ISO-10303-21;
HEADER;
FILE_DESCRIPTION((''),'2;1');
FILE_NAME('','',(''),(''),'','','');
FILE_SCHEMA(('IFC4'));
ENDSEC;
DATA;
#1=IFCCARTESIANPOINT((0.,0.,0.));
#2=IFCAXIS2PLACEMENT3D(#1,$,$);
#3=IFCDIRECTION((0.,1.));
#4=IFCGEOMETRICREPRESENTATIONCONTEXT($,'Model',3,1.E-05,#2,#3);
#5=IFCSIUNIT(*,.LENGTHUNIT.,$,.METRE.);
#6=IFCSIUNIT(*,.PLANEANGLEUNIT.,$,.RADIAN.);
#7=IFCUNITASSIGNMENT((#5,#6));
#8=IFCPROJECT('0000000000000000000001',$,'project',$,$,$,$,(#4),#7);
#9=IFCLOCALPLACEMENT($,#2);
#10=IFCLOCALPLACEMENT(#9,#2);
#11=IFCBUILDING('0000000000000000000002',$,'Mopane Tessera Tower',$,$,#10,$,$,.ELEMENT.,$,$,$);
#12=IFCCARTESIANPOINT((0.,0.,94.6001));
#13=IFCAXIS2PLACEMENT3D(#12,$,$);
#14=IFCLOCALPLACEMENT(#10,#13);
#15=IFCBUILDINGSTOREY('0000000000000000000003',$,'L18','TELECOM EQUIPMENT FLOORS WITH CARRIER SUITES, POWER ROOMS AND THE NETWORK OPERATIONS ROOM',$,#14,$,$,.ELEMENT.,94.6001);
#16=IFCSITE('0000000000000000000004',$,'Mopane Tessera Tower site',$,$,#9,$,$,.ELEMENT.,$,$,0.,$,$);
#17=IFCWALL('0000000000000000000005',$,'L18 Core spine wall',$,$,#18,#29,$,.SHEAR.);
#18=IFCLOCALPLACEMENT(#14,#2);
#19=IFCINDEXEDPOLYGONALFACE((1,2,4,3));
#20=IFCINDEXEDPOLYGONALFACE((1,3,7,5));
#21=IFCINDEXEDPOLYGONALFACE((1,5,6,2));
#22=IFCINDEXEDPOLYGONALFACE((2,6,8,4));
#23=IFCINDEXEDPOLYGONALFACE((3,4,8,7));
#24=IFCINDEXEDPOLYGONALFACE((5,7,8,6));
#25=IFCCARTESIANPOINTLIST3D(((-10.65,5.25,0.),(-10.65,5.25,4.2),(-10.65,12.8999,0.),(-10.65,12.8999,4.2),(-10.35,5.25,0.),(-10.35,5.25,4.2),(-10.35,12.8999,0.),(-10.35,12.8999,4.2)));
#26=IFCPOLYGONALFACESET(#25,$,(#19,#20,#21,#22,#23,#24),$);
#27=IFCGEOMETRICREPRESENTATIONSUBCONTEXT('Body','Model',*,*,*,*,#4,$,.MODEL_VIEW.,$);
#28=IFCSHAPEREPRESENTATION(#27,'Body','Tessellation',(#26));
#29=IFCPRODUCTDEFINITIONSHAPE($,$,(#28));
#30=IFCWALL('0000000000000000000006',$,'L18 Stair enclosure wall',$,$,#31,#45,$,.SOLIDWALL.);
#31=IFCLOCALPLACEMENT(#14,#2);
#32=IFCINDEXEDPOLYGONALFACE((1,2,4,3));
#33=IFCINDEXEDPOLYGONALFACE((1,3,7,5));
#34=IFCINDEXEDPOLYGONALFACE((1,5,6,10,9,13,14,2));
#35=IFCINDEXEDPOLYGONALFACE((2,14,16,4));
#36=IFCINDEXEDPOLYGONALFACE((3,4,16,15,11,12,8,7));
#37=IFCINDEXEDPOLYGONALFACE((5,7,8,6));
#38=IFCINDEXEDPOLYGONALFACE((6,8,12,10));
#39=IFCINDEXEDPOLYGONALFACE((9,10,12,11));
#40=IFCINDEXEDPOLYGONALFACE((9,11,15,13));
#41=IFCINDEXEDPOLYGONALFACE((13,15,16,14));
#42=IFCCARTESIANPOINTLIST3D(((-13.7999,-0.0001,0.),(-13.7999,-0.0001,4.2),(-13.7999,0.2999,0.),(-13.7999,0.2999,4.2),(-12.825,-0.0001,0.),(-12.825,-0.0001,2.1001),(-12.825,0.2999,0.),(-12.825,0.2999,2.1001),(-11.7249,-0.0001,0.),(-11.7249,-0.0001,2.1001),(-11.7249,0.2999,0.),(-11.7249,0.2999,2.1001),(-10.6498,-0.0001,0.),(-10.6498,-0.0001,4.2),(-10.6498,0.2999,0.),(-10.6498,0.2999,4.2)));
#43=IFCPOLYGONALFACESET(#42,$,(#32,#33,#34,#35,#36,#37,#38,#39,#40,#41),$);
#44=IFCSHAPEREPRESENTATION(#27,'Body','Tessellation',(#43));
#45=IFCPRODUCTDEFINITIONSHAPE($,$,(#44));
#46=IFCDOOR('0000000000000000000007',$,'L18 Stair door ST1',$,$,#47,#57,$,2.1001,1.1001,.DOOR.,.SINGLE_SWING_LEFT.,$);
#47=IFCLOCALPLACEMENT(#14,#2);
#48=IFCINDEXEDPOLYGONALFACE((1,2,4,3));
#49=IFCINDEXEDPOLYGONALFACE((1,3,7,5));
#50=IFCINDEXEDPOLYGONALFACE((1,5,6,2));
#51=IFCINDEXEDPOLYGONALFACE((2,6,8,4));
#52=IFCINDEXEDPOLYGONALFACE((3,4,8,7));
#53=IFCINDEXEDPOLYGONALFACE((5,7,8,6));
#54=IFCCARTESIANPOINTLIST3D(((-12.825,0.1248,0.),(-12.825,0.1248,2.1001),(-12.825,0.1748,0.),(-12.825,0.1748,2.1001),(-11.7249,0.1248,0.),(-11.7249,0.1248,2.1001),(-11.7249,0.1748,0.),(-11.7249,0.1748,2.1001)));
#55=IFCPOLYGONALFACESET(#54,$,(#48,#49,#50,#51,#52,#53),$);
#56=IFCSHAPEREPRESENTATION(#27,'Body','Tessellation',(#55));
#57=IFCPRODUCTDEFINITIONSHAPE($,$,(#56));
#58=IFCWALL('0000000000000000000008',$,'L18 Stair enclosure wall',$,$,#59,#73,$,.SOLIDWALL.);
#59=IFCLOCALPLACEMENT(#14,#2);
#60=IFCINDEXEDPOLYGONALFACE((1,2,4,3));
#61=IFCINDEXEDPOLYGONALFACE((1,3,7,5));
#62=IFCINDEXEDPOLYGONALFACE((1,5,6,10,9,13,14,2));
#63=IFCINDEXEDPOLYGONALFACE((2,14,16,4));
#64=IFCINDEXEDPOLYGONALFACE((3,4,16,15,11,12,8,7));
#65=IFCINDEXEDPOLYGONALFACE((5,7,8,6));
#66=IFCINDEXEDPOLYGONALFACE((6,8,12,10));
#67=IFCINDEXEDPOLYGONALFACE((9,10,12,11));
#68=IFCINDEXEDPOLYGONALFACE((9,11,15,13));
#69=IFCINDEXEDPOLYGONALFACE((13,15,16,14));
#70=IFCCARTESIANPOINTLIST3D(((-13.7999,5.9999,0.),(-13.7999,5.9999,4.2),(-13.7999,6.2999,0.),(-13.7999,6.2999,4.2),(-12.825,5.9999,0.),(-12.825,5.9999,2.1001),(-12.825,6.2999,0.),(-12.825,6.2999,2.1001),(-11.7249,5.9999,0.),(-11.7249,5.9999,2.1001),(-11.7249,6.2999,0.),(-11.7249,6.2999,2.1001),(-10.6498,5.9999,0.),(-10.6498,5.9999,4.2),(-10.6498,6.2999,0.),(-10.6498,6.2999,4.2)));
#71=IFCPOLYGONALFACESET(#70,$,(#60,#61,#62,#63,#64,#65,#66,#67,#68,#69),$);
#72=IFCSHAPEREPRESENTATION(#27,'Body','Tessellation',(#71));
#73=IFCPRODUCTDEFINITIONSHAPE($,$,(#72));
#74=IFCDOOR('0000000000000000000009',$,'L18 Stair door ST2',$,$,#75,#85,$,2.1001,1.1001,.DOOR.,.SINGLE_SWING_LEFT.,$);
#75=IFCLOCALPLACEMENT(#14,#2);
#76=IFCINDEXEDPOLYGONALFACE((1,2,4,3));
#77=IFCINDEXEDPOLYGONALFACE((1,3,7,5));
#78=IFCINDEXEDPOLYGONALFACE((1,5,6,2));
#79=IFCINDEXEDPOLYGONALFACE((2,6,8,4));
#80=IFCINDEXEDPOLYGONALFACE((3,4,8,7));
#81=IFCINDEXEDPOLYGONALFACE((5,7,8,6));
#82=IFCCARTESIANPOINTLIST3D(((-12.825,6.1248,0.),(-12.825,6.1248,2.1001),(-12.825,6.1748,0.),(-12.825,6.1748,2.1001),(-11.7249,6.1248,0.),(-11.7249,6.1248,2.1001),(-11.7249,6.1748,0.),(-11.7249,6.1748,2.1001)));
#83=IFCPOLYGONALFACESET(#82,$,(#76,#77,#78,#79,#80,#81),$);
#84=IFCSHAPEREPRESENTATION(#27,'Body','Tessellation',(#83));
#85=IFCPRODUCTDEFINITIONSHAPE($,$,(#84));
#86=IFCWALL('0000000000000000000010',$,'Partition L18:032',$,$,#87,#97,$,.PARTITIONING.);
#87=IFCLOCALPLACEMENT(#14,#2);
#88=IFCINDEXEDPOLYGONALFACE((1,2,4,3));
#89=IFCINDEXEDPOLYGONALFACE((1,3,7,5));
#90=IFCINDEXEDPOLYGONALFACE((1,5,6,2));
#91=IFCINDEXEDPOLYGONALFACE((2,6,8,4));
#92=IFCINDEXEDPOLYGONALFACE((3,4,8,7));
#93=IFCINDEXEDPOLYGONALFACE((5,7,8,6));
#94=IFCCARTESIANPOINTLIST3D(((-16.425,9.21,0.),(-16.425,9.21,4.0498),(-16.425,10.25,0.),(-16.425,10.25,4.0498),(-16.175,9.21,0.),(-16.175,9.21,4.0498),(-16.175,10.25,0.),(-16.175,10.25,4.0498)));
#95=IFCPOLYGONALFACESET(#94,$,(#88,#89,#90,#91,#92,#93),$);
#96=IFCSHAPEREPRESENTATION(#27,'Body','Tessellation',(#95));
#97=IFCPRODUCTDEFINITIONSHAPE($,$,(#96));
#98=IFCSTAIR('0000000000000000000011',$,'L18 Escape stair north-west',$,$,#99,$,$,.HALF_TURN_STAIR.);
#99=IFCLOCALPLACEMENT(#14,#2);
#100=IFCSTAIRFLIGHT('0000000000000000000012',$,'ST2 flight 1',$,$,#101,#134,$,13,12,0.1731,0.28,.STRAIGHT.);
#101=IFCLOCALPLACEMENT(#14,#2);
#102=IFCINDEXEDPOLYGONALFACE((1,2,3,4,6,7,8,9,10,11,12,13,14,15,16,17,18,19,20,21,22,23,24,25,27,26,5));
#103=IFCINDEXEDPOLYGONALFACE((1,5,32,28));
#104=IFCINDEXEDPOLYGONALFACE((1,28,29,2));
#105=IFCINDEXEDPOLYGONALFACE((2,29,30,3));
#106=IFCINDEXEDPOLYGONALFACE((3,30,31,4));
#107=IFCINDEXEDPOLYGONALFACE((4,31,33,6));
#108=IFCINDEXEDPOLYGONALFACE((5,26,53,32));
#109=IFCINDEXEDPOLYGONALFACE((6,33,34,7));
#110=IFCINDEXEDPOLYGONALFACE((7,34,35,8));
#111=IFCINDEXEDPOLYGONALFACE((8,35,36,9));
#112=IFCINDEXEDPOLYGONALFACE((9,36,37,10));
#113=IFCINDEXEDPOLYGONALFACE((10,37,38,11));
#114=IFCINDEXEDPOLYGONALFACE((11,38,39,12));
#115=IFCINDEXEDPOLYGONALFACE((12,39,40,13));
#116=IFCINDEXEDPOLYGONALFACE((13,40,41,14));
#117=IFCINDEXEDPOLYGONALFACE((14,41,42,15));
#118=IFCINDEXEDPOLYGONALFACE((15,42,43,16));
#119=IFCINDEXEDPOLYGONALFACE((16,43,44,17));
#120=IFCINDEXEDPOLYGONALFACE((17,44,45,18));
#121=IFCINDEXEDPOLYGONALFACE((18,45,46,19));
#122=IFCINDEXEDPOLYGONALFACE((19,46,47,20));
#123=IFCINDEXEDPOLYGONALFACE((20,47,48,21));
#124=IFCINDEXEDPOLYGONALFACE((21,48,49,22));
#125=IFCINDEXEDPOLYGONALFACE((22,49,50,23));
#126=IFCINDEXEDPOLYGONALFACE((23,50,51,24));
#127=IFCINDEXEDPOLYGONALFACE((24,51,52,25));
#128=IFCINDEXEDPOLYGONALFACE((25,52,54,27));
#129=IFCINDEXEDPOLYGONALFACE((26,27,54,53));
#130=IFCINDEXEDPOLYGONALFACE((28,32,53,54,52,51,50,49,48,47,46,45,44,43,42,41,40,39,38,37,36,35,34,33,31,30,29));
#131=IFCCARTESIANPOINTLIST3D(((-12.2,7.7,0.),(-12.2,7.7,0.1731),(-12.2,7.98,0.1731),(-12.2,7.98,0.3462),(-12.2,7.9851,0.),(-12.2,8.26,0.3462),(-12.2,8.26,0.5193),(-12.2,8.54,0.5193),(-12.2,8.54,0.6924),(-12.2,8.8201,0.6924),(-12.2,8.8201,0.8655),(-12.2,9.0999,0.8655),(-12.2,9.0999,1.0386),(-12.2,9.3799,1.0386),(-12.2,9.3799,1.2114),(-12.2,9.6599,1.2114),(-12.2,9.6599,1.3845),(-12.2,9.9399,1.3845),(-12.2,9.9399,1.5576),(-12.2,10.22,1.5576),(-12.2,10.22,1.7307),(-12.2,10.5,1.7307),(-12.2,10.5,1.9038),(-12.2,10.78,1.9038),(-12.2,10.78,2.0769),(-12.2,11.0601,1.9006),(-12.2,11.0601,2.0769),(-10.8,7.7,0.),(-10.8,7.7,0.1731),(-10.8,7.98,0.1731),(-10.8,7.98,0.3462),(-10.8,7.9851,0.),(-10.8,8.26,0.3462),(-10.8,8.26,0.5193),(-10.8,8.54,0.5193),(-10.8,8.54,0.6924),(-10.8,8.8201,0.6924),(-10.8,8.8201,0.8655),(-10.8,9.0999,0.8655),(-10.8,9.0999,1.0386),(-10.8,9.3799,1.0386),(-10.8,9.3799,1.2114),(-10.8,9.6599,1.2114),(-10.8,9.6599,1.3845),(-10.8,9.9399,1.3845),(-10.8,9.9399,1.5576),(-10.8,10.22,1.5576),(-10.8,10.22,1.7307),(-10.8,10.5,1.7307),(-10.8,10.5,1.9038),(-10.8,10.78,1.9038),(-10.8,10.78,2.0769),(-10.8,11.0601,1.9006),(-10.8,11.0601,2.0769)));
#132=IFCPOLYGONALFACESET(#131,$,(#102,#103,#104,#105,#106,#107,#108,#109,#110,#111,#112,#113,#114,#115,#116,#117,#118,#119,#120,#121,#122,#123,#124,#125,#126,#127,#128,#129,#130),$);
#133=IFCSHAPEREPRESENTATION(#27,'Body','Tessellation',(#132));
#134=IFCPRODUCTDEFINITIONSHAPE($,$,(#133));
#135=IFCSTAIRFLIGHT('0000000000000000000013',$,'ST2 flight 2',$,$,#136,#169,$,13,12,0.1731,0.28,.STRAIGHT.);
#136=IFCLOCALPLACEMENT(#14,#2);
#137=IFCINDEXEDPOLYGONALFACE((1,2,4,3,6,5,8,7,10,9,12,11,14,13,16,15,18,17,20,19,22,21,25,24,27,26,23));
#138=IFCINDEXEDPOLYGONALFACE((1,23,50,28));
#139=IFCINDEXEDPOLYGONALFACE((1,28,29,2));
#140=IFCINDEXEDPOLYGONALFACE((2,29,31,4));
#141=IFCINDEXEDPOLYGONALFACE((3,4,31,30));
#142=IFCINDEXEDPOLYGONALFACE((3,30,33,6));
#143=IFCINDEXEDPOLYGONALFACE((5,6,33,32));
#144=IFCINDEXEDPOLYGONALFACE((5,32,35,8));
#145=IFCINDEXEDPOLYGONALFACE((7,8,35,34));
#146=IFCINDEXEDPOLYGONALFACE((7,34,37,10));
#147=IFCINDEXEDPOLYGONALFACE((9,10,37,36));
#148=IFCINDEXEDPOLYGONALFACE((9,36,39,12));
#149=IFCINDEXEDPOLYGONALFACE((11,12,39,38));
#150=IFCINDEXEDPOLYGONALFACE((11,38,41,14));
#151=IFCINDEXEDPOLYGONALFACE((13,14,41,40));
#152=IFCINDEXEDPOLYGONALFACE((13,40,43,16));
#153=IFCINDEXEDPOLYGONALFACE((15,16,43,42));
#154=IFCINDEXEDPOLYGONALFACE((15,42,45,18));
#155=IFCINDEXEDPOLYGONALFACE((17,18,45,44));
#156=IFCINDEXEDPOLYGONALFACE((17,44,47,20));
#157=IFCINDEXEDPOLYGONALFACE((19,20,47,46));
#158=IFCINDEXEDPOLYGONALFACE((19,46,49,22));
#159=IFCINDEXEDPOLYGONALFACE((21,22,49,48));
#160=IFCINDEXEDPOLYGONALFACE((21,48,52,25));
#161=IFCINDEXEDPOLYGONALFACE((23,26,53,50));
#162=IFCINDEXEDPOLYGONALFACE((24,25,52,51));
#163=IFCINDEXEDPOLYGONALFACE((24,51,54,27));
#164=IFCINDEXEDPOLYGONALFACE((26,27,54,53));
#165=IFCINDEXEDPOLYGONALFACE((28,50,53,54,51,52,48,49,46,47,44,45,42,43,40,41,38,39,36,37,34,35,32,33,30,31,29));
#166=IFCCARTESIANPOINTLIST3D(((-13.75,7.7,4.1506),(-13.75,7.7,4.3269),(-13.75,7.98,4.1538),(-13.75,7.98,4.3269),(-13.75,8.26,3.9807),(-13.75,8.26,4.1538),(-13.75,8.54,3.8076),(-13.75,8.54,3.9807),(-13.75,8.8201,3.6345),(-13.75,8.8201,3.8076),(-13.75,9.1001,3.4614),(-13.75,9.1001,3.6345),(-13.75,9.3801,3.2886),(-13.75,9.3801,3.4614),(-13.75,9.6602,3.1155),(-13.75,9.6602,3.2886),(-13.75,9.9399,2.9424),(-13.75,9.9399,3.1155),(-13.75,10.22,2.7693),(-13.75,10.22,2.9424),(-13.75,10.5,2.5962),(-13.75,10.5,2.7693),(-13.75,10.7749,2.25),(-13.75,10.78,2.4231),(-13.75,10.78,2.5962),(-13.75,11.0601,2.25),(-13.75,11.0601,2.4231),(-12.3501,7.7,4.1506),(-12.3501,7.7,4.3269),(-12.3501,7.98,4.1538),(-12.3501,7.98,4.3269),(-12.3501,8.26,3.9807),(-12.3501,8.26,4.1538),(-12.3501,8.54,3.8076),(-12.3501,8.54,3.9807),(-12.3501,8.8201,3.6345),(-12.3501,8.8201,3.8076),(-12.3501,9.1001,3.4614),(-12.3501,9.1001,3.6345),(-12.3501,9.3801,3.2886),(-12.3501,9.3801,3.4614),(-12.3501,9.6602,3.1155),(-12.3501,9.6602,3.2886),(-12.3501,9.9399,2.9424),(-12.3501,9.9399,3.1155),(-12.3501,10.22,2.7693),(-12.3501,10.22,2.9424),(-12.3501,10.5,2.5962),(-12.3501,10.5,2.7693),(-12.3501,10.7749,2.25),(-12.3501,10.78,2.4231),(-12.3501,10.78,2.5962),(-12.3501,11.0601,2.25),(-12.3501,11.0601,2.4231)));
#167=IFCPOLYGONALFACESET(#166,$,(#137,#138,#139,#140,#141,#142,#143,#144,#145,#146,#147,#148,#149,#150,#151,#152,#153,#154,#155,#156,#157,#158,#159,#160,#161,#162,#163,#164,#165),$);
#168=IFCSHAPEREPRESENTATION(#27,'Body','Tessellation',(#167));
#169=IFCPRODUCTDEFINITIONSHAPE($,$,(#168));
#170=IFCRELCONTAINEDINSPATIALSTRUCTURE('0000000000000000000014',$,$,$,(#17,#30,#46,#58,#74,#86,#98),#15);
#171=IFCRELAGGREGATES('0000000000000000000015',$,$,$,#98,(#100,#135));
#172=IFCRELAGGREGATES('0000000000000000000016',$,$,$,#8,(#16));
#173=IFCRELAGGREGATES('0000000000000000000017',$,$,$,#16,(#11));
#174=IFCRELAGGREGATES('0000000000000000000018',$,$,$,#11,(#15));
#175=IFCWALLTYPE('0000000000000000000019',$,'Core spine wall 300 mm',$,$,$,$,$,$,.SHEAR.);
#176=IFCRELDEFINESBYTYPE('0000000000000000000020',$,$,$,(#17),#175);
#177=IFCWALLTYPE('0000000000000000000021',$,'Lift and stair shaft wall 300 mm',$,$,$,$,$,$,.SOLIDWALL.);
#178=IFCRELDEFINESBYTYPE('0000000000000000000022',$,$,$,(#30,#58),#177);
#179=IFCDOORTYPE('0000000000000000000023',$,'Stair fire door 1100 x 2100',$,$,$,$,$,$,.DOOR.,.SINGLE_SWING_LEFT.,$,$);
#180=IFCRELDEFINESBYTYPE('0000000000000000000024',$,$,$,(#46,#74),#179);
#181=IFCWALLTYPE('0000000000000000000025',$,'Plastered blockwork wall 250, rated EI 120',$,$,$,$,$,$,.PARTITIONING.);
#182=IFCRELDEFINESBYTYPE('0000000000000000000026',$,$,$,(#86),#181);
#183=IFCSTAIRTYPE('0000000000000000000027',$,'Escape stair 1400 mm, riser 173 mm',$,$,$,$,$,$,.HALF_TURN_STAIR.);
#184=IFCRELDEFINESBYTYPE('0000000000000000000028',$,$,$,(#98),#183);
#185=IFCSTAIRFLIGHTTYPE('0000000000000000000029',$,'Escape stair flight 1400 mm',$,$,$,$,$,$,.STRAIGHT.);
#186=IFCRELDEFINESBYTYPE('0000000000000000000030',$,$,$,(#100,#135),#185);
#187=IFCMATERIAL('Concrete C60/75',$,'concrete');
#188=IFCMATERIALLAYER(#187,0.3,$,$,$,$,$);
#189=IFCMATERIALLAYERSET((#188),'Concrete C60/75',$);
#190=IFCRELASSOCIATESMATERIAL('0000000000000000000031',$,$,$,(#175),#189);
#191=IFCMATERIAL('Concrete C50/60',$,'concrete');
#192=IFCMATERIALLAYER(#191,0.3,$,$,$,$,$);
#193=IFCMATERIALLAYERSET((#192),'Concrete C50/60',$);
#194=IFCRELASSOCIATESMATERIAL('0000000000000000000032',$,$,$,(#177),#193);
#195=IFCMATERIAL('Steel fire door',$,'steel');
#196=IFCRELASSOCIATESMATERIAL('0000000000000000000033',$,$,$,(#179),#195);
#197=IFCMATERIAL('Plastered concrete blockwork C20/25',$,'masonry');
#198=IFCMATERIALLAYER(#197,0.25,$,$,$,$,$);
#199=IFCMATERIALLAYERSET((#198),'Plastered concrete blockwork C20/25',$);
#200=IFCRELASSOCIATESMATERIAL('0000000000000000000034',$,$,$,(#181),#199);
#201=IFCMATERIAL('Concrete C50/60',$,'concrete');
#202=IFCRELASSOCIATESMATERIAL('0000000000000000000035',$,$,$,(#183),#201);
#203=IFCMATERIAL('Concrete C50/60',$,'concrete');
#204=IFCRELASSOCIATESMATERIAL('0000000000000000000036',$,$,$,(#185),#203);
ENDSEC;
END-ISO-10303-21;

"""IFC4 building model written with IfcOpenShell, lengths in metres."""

from ifc_helpers import new_model, si_unit, direction, frame, frame_2d, origin, place, context, subcontext, project, spatial, polyline, rectangle, outline, extrude, material, layer, layer_set, type_object, element, fill, aggregate, save


model = new_model("IFC4")

# Units and contexts
model_context = context("Model", 3, precision=1e-05, world=origin(), true_north=direction((0.0, 1.0)))
body_context = subcontext(model_context, "Body", "Model", "MODEL_VIEW")
ifc_project = project(units=[si_unit("LENGTHUNIT", "METRE"), si_unit("PLANEANGLEUNIT", "RADIAN")], contexts=[model_context])

# Site, building, storey
site_placement = place(None, origin())
site = spatial("IfcSite", under=ifc_project, at=site_placement, Name="Mopane Tessera Tower site", CompositionType="ELEMENT", RefElevation=0.0)
building_placement = place(site_placement, origin())
building = spatial("IfcBuilding", under=site, at=building_placement, Name="Mopane Tessera Tower", CompositionType="ELEMENT")
storey_placement = place(building_placement, frame((0.0, 0.0, 94.6001)))
storey = spatial("IfcBuildingStorey", under=building, at=storey_placement, Name="L18", Description="TELECOM EQUIPMENT FLOORS WITH CARRIER SUITES, POWER ROOMS AND THE NETWORK OPERATIONS ROOM", CompositionType="ELEMENT", Elevation=94.6001)

# Wall
ifc_material_1 = material(Name="Concrete C60/75", Category="concrete")
ifc_layer_1 = layer(ifc_material_1, 0.3)
ifc_layer_set_1 = layer_set([ifc_layer_1], Name="Concrete C60/75")
wall_type_1 = type_object("IfcWallType", Name="Core spine wall 300 mm", PredefinedType="SHEAR", material=ifc_layer_set_1)
wall_1_placement = place(storey_placement, frame((-10.5, 5.25, 0.0), z_axis=(0.0, 0.0, 1.0), x_axis=(0.0, 1.0, 0.0)))
element("IfcWall", 1, at=wall_1_placement, inside=storey, type_object=wall_type_1, Name="L18 Core spine wall", PredefinedType="SHEAR", context=body_context, shape_type="SweptSolid", body=[
    extrude(rectangle(XDim=7.6499, YDim=0.3, at=frame_2d((3.825, 0.0))), origin(), (0.0, 0.0, 1.0), 4.2),
])

# Walls, openings, doors
ifc_material_2 = material(Name="Concrete C50/60", Category="concrete")
ifc_layer_2 = layer(ifc_material_2, 0.3)
ifc_layer_set_2 = layer_set([ifc_layer_2], Name="Concrete C50/60")
wall_type_2 = type_object("IfcWallType", Name="Lift and stair shaft wall 300 mm", PredefinedType="SOLIDWALL", material=ifc_layer_set_2)
wall_2_placement = place(storey_placement, frame((-13.8, 0.1499, 0.0), z_axis=(0.0, 0.0, 1.0), x_axis=(1.0, 0.0, 0.0)))
wall_2 = element("IfcWall", 2, at=wall_2_placement, inside=storey, type_object=wall_type_2, Name="L18 Stair enclosure wall", PredefinedType="SOLIDWALL", context=body_context, shape_type="SweptSolid", body=[
    extrude(rectangle(XDim=3.1501, YDim=0.3, at=frame_2d((1.5752, 0.0))), origin(), (0.0, 0.0, 1.0), 4.2),
])
opening_1_placement = place(wall_2_placement, frame((0.9751, 0.0, 0.0)))
opening_1 = element("IfcOpeningElement", 3, at=opening_1_placement, cuts=wall_2, PredefinedType="OPENING", context=body_context, shape_type="SweptSolid", body=[
    extrude(rectangle(XDim=1.1001, YDim=2.1001, at=frame_2d((0.55, 1.05))), frame((0.0, 0.1621, 0.0), z_axis=(0.0, -1.0, 0.0), x_axis=(1.0, 0.0, 0.0)), (0.0, 0.0, 1.0), 0.324),
])
ifc_material_3 = material(Name="Steel fire door", Category="steel")
door_type = type_object("IfcDoorType", Name="Stair fire door 1100 x 2100", OperationType="SINGLE_SWING_LEFT", PredefinedType="DOOR", material=ifc_material_3)
door_1_placement = place(opening_1_placement, origin())
door_1 = element("IfcDoor", 4, at=door_1_placement, inside=storey, type_object=door_type, Name="L18 Stair door ST1", OperationType="SINGLE_SWING_LEFT", OverallHeight=2.1001, OverallWidth=1.1001, PredefinedType="DOOR", context=body_context, shape_type="SweptSolid", body=[
    extrude(rectangle(XDim=1.1001, YDim=2.1001, at=frame_2d((0.55, 1.05))), frame((0.0, 0.0249, 0.0), z_axis=(0.0, -1.0, 0.0), x_axis=(1.0, 0.0, 0.0)), (0.0, 0.0, 1.0), 0.05),
])
fill(opening_1, door_1)
wall_3_placement = place(storey_placement, frame((-13.8, 6.1499, 0.0), z_axis=(0.0, 0.0, 1.0), x_axis=(1.0, 0.0, 0.0)))
wall_3 = element("IfcWall", 5, at=wall_3_placement, inside=storey, type_object=wall_type_2, Name="L18 Stair enclosure wall", PredefinedType="SOLIDWALL", context=body_context, shape_type="SweptSolid", body=[
    extrude(rectangle(XDim=3.1501, YDim=0.3, at=frame_2d((1.5752, 0.0))), origin(), (0.0, 0.0, 1.0), 4.2),
])
opening_2_placement = place(wall_3_placement, frame((0.9751, 0.0, 0.0)))
opening_2 = element("IfcOpeningElement", 6, at=opening_2_placement, cuts=wall_3, PredefinedType="OPENING", context=body_context, shape_type="SweptSolid", body=[
    extrude(rectangle(XDim=1.1001, YDim=2.1001, at=frame_2d((0.55, 1.05))), frame((0.0, 0.1621, 0.0), z_axis=(0.0, -1.0, 0.0), x_axis=(1.0, 0.0, 0.0)), (0.0, 0.0, 1.0), 0.324),
])
door_2_placement = place(opening_2_placement, origin())
door_2 = element("IfcDoor", 7, at=door_2_placement, inside=storey, type_object=door_type, Name="L18 Stair door ST2", OperationType="SINGLE_SWING_LEFT", OverallHeight=2.1001, OverallWidth=1.1001, PredefinedType="DOOR", context=body_context, shape_type="SweptSolid", body=[
    extrude(rectangle(XDim=1.1001, YDim=2.1001, at=frame_2d((0.55, 1.05))), frame((0.0, 0.0249, 0.0), z_axis=(0.0, -1.0, 0.0), x_axis=(1.0, 0.0, 0.0)), (0.0, 0.0, 1.0), 0.05),
])
fill(opening_2, door_2)

# Wall
ifc_material_4 = material(Name="Plastered concrete blockwork C20/25", Category="masonry")
ifc_layer_3 = layer(ifc_material_4, 0.25)
ifc_layer_set_3 = layer_set([ifc_layer_3], Name="Plastered concrete blockwork C20/25")
wall_type_3 = type_object("IfcWallType", Name="Plastered blockwork wall 250, rated EI 120", PredefinedType="PARTITIONING", material=ifc_layer_set_3)
wall_4_placement = place(storey_placement, frame((-16.3, 9.21, 0.0), z_axis=(0.0, 0.0, 1.0), x_axis=(0.0, 1.0, 0.0)))
element("IfcWall", 8, at=wall_4_placement, inside=storey, type_object=wall_type_3, Name="Partition L18:032", PredefinedType="PARTITIONING", context=body_context, shape_type="SweptSolid", body=[
    extrude(rectangle(XDim=1.04, YDim=0.25, at=frame_2d((0.52, 0.0))), origin(), (0.0, 0.0, 1.0), 4.0498),
])

# Stair, stair flights
ifc_material_5 = material(Name="Concrete C50/60", Category="concrete")
stair_type = type_object("IfcStairType", Name="Escape stair 1400 mm, riser 173 mm", PredefinedType="HALF_TURN_STAIR", material=ifc_material_5)
stair_placement = place(storey_placement, origin())
stair = element("IfcStair", 9, at=stair_placement, inside=storey, type_object=stair_type, Name="L18 Escape stair north-west", PredefinedType="HALF_TURN_STAIR")
ifc_material_6 = material(Name="Concrete C50/60", Category="concrete")
stair_flight_type = type_object("IfcStairFlightType", Name="Escape stair flight 1400 mm", PredefinedType="STRAIGHT", material=ifc_material_6)
stair_flight_1_placement = place(storey_placement, frame((-11.5, 7.7, 0.0), z_axis=(0.0, 0.0, 1.0), x_axis=(0.0, 1.0, 0.0)))
stair_flight_1 = element("IfcStairFlight", 10, at=stair_flight_1_placement, type_object=stair_flight_type, Name="ST2 flight 1", NumberOfRisers=13, NumberOfTreads=12, PredefinedType="STRAIGHT", RiserHeight=0.1731, TreadLength=0.28, context=body_context, shape_type="SweptSolid", body=[
    extrude(outline(polyline([(0.0, 0.0), (0.0, 0.1731), (0.28, 0.1731), (0.28, 0.3462), (0.5601, 0.3462), (0.5601, 0.5193), (0.8401, 0.5193), (0.8401, 0.6924), (1.1201, 0.6924), (1.1201, 0.8655), (1.3999, 0.8655), (1.3999, 1.0386), (1.6799, 1.0386), (1.6799, 1.2114), (1.96, 1.2114), (1.96, 1.3845), (2.24, 1.3845), (2.24, 1.5576), (2.52, 1.5576), (2.52, 1.7307), (2.8, 1.7307), (2.8, 1.9038), (3.0801, 1.9038), (3.0801, 2.0769), (3.3601, 2.0769), (3.3601, 2.25), (3.3601, 1.9006), (0.2852, 0.0), (0.0, 0.0)])), frame((0.0, 0.7, 0.0), z_axis=(0.0, -1.0, 0.0), x_axis=(1.0, 0.0, 0.0)), (0.0, 0.0, 1.0), 1.3999),
])
stair_flight_2_placement = place(storey_placement, frame((-13.05, 11.0601, 2.25), z_axis=(0.0, 0.0, 1.0), x_axis=(0.0, -1.0, 0.0)))
stair_flight_2 = element("IfcStairFlight", 11, at=stair_flight_2_placement, type_object=stair_flight_type, Name="ST2 flight 2", NumberOfRisers=13, NumberOfTreads=12, PredefinedType="STRAIGHT", RiserHeight=0.1731, TreadLength=0.28, context=body_context, shape_type="SweptSolid", body=[
    extrude(outline(polyline([(0.0, 0.0), (0.0, 0.1731), (0.28, 0.1731), (0.28, 0.3462), (0.5601, 0.3462), (0.5601, 0.5193), (0.8401, 0.5193), (0.8401, 0.6924), (1.1201, 0.6924), (1.1201, 0.8655), (1.3999, 0.8655), (1.3999, 1.0386), (1.6799, 1.0386), (1.6799, 1.2114), (1.96, 1.2114), (1.96, 1.3845), (2.24, 1.3845), (2.24, 1.5576), (2.52, 1.5576), (2.52, 1.7307), (2.8, 1.7307), (2.8, 1.9038), (3.0801, 1.9038), (3.0801, 2.0769), (3.3601, 2.0769), (3.3601, 2.25), (3.3601, 1.9006), (0.2852, 0.0), (0.0, 0.0)])), frame((0.0, 0.7, 0.0), z_axis=(0.0, -1.0, 0.0), x_axis=(1.0, 0.0, 0.0)), (0.0, 0.0, 1.0), 1.3999),
])
aggregate(stair, [stair_flight_1, stair_flight_2])

save(model, "model.ifc")
